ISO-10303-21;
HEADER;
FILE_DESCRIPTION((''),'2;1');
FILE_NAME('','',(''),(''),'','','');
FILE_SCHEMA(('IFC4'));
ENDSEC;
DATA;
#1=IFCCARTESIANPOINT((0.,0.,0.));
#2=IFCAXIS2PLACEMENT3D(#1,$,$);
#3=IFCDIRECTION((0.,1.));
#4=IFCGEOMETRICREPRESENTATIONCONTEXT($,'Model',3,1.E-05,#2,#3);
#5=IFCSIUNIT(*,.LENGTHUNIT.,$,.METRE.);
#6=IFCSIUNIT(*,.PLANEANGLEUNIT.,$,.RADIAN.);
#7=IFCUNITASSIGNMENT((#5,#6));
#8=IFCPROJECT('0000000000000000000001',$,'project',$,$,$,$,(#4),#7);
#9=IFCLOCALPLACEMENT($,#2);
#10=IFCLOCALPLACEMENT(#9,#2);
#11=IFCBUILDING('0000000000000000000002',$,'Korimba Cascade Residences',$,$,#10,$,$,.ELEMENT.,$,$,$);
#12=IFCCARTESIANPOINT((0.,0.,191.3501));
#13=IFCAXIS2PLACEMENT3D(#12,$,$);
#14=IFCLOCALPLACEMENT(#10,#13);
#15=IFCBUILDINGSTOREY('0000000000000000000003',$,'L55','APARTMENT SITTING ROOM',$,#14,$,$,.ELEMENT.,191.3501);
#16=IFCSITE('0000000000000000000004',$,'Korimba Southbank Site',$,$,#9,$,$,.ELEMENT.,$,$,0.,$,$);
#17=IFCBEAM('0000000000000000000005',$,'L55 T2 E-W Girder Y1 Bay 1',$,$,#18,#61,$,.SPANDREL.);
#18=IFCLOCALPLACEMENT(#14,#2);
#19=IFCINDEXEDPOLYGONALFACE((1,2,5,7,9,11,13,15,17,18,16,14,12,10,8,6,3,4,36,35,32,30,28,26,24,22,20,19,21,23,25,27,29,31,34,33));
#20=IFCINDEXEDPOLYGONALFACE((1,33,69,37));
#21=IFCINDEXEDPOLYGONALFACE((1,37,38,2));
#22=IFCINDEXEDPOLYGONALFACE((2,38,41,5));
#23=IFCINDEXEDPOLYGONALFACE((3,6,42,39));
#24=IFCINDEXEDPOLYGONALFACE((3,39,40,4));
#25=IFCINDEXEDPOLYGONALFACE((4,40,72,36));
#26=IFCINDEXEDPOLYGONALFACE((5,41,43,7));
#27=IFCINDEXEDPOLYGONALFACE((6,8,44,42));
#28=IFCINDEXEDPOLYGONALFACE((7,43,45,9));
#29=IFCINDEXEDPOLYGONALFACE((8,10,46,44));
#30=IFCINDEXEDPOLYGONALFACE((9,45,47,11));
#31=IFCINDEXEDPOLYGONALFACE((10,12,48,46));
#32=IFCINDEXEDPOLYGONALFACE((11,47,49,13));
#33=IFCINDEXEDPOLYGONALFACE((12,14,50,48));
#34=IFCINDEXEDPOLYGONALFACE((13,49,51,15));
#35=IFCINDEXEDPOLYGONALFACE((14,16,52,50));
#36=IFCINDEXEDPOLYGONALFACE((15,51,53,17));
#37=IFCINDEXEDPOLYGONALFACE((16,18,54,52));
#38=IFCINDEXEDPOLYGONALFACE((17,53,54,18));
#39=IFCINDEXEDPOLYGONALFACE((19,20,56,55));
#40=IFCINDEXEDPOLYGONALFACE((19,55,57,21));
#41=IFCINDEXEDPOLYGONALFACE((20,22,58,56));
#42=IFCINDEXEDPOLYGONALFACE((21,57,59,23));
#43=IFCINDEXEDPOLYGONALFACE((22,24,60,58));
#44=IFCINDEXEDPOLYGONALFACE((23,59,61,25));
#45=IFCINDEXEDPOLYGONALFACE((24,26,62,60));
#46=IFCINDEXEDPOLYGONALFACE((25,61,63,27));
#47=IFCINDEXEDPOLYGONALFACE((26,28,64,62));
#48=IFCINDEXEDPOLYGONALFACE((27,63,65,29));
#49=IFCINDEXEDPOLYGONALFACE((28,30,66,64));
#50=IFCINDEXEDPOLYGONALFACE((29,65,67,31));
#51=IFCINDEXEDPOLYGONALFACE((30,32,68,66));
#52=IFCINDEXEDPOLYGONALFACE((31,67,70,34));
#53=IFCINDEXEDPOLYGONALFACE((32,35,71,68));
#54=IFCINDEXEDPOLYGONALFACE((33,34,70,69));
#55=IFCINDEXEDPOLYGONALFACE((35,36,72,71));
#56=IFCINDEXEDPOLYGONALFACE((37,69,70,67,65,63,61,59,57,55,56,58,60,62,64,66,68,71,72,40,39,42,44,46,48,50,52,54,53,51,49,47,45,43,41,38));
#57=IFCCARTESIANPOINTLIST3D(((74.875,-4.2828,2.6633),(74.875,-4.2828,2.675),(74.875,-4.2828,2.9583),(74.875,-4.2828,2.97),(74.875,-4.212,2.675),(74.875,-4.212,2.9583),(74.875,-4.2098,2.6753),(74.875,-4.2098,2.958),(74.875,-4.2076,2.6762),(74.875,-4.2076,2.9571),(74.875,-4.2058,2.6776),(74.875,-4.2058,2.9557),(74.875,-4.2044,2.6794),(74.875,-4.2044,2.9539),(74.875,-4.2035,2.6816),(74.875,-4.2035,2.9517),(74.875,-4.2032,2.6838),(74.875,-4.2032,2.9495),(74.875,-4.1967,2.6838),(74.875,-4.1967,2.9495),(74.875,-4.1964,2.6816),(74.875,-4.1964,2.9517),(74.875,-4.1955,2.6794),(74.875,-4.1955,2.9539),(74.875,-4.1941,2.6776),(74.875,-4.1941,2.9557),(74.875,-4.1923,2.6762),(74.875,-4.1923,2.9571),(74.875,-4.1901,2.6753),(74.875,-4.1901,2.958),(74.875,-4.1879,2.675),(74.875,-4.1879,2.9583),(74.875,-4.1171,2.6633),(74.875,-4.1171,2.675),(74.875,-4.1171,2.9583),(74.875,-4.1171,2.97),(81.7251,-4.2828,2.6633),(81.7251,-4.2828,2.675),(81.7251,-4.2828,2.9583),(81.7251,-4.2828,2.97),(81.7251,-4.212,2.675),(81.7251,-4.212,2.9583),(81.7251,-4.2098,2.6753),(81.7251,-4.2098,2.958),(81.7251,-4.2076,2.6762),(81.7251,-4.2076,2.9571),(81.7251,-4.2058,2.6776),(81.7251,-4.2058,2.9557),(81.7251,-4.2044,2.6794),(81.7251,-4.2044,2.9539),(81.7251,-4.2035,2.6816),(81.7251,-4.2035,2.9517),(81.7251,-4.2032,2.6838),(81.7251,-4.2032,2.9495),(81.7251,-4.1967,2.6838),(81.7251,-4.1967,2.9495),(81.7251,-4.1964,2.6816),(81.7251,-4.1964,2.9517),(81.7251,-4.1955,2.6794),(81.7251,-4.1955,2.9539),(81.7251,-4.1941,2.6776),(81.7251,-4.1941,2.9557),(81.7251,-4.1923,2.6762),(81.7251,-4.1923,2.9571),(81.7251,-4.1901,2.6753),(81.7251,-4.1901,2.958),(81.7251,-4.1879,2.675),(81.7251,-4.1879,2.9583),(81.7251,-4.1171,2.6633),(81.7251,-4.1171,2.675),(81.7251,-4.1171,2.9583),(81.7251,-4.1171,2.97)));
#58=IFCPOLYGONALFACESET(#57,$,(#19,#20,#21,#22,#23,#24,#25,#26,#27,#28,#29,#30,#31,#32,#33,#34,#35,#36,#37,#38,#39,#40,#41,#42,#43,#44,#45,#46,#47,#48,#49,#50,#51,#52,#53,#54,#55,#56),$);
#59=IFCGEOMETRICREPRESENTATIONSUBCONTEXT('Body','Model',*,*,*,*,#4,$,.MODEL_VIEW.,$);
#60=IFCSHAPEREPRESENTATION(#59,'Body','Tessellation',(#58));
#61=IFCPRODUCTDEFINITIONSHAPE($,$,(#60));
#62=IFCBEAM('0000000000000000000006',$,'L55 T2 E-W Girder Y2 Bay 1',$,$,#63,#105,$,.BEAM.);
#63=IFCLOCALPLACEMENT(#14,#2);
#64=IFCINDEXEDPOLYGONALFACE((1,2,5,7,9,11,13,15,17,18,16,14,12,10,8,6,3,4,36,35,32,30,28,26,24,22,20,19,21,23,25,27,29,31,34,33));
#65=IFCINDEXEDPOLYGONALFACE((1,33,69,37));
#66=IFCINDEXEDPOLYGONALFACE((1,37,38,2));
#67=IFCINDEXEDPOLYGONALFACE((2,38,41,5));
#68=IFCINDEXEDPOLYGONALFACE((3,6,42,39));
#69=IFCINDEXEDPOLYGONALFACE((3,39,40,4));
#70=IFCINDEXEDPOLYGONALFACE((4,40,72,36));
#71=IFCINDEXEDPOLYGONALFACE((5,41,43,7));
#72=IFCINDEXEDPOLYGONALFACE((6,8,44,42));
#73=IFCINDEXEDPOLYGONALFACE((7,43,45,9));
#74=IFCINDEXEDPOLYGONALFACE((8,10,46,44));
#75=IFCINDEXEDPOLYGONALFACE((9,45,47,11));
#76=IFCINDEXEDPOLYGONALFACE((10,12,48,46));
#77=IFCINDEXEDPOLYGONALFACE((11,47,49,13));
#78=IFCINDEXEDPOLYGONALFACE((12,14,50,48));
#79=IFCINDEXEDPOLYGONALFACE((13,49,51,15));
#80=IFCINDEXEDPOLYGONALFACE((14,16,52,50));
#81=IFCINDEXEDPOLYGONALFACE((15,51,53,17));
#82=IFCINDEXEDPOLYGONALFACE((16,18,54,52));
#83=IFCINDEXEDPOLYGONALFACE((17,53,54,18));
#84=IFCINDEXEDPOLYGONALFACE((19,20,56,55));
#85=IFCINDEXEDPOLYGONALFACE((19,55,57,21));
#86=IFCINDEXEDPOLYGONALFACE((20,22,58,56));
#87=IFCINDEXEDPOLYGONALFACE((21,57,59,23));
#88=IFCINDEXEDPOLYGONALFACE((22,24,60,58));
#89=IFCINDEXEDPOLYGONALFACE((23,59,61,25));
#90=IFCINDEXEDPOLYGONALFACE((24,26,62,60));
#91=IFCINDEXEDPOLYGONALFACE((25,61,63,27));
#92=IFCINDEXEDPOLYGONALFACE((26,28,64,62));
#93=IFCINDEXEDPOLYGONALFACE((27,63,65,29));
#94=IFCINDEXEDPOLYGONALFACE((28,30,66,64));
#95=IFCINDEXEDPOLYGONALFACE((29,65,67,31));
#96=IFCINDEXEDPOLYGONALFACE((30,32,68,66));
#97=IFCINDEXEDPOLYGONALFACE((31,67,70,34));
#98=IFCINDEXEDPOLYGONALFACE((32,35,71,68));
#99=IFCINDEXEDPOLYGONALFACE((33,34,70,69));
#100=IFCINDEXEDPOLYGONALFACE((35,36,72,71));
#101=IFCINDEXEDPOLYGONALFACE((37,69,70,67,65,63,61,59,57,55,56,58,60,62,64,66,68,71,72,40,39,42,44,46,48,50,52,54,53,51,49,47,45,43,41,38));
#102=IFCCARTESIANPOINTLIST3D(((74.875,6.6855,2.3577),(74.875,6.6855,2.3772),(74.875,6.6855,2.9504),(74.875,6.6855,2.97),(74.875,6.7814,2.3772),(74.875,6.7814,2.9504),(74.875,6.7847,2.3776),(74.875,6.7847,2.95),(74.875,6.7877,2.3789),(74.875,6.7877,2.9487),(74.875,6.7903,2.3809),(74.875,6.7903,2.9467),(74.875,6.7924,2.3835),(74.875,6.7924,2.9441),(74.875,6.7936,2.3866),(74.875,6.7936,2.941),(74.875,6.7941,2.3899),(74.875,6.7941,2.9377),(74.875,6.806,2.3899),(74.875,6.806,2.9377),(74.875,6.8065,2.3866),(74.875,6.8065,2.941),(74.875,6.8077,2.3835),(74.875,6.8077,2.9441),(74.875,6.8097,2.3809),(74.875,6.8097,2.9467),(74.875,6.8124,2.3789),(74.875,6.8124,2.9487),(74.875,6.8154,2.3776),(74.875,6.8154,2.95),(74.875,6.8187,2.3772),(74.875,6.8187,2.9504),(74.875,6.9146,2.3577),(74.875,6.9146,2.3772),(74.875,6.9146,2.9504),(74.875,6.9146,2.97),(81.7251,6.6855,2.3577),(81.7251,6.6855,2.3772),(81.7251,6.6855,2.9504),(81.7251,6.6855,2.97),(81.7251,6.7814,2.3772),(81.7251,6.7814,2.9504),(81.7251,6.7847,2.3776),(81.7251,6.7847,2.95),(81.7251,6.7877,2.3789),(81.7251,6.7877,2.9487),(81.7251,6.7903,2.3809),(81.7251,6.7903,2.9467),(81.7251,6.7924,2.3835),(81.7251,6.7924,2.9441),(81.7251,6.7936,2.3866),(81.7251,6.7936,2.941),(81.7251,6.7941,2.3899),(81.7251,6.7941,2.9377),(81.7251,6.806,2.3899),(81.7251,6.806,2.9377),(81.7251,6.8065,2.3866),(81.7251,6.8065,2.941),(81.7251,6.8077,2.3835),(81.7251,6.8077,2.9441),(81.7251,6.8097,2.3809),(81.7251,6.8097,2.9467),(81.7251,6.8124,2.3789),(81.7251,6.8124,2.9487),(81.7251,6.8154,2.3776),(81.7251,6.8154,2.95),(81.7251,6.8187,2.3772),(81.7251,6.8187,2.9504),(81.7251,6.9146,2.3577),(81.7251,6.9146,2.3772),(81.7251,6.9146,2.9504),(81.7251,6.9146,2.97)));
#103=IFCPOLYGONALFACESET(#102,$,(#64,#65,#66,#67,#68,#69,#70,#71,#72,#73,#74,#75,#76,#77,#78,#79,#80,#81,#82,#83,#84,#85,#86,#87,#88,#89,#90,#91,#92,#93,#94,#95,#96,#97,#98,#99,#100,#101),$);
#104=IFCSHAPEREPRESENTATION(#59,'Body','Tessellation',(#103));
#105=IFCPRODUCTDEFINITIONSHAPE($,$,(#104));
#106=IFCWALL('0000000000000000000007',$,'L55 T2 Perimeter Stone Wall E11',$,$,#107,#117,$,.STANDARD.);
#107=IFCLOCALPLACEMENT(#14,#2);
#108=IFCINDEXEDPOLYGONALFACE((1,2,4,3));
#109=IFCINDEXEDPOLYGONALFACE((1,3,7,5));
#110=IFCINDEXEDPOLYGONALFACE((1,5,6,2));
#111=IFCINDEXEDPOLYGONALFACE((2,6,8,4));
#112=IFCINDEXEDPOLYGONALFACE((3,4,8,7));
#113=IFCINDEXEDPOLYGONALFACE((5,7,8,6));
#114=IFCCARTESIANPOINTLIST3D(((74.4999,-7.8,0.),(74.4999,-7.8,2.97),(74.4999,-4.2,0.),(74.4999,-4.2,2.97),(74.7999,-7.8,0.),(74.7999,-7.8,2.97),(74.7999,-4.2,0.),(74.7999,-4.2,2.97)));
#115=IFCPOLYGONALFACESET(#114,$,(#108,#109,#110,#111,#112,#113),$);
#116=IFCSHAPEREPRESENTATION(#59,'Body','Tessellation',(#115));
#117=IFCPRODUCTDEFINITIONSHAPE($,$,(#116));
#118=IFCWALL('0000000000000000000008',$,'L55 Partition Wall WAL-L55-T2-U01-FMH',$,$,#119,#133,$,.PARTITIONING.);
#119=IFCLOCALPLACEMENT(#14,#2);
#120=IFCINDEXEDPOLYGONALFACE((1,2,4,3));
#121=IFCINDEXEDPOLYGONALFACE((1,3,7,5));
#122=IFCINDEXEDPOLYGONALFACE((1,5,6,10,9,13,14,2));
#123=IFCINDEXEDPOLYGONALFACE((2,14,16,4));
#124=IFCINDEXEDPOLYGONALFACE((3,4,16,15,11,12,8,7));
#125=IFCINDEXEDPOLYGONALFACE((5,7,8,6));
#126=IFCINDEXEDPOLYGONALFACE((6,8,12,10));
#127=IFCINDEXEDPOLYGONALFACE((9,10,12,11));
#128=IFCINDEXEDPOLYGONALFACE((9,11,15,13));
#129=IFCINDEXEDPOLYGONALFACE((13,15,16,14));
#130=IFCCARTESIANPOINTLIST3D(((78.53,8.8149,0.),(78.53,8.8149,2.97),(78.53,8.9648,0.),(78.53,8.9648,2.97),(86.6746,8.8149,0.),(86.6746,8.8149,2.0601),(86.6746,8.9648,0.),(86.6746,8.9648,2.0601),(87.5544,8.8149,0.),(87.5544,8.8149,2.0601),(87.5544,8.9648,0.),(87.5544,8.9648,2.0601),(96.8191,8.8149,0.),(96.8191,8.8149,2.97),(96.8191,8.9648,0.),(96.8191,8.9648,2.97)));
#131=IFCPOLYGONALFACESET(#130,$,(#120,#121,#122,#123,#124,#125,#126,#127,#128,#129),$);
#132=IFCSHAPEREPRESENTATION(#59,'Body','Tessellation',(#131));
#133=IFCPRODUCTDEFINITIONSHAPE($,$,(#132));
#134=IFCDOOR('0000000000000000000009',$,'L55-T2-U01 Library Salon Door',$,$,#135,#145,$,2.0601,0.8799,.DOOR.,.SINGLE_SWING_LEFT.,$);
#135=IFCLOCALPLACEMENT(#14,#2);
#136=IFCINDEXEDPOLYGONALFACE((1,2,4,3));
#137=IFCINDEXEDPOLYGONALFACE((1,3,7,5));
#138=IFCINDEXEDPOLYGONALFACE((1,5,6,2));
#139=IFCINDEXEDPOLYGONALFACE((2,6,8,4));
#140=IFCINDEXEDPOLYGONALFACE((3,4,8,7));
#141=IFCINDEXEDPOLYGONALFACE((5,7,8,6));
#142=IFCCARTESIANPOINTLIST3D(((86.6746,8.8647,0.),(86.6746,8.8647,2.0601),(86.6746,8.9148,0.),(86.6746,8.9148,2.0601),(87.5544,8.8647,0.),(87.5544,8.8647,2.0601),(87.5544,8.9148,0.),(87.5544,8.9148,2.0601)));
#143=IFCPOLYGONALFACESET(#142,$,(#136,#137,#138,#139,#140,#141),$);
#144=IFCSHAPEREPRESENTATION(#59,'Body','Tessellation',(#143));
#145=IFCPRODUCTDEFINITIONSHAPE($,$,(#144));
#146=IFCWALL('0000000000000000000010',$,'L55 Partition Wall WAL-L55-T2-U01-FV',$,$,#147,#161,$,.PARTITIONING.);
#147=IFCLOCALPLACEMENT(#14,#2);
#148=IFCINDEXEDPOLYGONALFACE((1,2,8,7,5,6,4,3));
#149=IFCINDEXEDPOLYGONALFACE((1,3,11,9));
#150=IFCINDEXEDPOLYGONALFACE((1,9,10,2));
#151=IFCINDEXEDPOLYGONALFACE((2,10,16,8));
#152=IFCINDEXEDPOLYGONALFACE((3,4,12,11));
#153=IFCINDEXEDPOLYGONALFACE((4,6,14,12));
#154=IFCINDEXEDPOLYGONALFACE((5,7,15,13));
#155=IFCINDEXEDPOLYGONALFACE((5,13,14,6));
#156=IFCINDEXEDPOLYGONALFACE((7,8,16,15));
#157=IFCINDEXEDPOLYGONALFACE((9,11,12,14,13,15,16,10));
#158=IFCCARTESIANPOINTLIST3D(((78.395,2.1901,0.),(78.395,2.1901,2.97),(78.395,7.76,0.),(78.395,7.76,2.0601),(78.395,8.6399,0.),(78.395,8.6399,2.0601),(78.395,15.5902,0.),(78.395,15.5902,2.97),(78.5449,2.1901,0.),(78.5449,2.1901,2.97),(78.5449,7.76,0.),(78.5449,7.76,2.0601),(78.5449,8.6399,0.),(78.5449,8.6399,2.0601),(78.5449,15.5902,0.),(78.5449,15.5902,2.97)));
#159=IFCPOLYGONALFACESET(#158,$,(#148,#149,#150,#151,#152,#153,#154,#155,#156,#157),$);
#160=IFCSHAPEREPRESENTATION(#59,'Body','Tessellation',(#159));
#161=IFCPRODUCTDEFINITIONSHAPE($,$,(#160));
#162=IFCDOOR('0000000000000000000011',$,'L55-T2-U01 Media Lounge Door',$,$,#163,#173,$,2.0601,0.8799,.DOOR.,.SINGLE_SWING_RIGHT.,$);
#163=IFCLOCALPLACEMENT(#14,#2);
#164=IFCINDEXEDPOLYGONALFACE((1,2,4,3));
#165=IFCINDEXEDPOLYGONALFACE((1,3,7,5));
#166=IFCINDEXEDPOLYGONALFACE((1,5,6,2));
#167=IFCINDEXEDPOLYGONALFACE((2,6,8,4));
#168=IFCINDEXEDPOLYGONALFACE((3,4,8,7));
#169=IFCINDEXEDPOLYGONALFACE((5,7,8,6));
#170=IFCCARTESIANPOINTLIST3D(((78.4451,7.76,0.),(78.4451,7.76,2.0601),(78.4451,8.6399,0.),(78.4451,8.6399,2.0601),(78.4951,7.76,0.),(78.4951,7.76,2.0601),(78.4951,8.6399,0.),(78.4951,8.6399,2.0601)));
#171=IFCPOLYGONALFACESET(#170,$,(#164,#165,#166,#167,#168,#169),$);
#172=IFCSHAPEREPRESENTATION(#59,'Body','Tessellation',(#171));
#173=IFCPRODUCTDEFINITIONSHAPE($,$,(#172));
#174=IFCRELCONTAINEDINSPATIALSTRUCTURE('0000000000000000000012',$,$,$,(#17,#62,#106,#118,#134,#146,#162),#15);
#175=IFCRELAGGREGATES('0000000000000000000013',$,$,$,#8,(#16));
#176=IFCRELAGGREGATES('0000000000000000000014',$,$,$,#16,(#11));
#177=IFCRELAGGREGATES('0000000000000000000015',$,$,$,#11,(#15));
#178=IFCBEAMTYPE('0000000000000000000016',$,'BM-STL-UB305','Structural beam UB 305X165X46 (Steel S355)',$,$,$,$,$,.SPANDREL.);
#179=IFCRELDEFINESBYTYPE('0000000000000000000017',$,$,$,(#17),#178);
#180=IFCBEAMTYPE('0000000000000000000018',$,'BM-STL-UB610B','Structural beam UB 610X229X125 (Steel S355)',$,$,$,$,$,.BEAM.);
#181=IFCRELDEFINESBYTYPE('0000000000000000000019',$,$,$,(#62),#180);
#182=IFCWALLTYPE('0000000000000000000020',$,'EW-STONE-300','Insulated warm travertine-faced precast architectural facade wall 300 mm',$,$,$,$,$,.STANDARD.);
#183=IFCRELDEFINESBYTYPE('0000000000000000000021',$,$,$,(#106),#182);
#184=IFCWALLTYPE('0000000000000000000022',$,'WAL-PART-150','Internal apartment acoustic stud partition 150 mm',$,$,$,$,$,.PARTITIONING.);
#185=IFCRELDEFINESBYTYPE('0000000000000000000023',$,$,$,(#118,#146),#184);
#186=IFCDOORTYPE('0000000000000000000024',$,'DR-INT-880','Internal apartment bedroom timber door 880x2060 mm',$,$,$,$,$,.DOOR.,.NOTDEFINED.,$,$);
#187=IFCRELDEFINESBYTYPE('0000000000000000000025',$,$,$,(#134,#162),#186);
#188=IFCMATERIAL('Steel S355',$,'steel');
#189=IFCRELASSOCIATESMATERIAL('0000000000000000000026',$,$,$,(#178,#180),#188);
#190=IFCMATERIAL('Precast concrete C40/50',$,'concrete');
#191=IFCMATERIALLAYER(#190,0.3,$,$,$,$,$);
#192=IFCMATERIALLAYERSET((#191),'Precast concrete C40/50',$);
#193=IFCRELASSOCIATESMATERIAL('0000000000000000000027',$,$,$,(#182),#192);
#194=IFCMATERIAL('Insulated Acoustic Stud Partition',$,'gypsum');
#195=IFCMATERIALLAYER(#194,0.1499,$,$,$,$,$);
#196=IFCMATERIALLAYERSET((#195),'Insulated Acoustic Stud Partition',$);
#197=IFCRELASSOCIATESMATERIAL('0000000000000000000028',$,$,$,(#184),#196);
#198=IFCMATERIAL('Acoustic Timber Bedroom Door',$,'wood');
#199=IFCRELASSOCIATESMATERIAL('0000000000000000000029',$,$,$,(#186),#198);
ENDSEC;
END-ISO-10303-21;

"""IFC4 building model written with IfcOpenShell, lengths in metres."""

from ifc_helpers import new_model, si_unit, direction, frame, frame_2d, origin, origin_2d, place, context, subcontext, project, spatial, rectangle, i_section, extrude, material, layer, layer_set, material_profile, profile_set, type_object, element, fill, save


model = new_model("IFC4")

# Units and contexts
model_context = context("Model", 3, precision=1e-05, world=origin(), true_north=direction((0.0, 1.0)))
body_context = subcontext(model_context, "Body", "Model", "MODEL_VIEW")
ifc_project = project(units=[si_unit("LENGTHUNIT", "METRE"), si_unit("PLANEANGLEUNIT", "RADIAN")], contexts=[model_context])

# Site, building, storey
site_placement = place(None, origin())
site = spatial("IfcSite", under=ifc_project, at=site_placement, Name="Korimba Southbank Site", CompositionType="ELEMENT", RefElevation=0.0)
building_placement = place(site_placement, origin())
building = spatial("IfcBuilding", under=site, at=building_placement, Name="Korimba Cascade Residences", CompositionType="ELEMENT")
storey_placement = place(building_placement, frame((0.0, 0.0, 191.3501)))
storey = spatial("IfcBuildingStorey", under=building, at=storey_placement, Name="L55", Description="APARTMENT SITTING ROOM", CompositionType="ELEMENT", Elevation=191.3501)

# Beams
ifc_material_1 = material(Name="Steel S355", Category="steel")
ifc_material_profile_1 = material_profile(ifc_material_1, i_section(OverallWidth=0.1658, OverallDepth=0.3066, WebThickness=0.0066, FlangeThickness=0.0117, FilletRadius=0.0088, at=origin_2d()), Name="Steel S355")
ifc_profile_set_1 = profile_set([ifc_material_profile_1], Name="Steel S355")
beam_type_1 = type_object("IfcBeamType", Name="BM-STL-UB305", Description="Structural beam UB 305X165X46 (Steel S355)", PredefinedType="SPANDREL", material=ifc_profile_set_1)
beam_1_placement = place(storey_placement, frame((74.875, -4.2, 2.8167), z_axis=(1.0, 0.0, 0.0), x_axis=(0.0, 1.0, 0.0)))
element("IfcBeam", 1, at=beam_1_placement, inside=storey, type_object=beam_type_1, Name="L55 T2 E-W Girder Y1 Bay 1", PredefinedType="SPANDREL", context=body_context, shape_type="SweptSolid", body=[
    extrude(i_section(OverallWidth=0.1658, OverallDepth=0.3066, WebThickness=0.0066, FlangeThickness=0.0117, FilletRadius=0.0088, at=origin_2d()), origin(), (0.0, 0.0, 1.0), 6.8501),
])
ifc_material_profile_2 = material_profile(ifc_material_1, i_section(OverallWidth=0.229, OverallDepth=0.6123, WebThickness=0.012, FlangeThickness=0.0195, FilletRadius=0.0127, at=origin_2d()), Name="Steel S355")
ifc_profile_set_2 = profile_set([ifc_material_profile_2], Name="Steel S355")
beam_type_2 = type_object("IfcBeamType", Name="BM-STL-UB610B", Description="Structural beam UB 610X229X125 (Steel S355)", PredefinedType="BEAM", material=ifc_profile_set_2)
beam_2_placement = place(storey_placement, frame((74.875, 6.8, 2.6638), z_axis=(1.0, 0.0, 0.0), x_axis=(0.0, 1.0, 0.0)))
element("IfcBeam", 2, at=beam_2_placement, inside=storey, type_object=beam_type_2, Name="L55 T2 E-W Girder Y2 Bay 1", PredefinedType="BEAM", context=body_context, shape_type="SweptSolid", body=[
    extrude(i_section(OverallWidth=0.229, OverallDepth=0.6123, WebThickness=0.012, FlangeThickness=0.0195, FilletRadius=0.0127, at=origin_2d()), origin(), (0.0, 0.0, 1.0), 6.8501),
])

# Wall
ifc_material_2 = material(Name="Precast concrete C40/50", Category="concrete")
ifc_layer_1 = layer(ifc_material_2, 0.3)
ifc_layer_set_1 = layer_set([ifc_layer_1], Name="Precast concrete C40/50")
wall_type_1 = type_object("IfcWallType", Name="EW-STONE-300", Description="Insulated warm travertine-faced precast architectural facade wall 300 mm", PredefinedType="STANDARD", material=ifc_layer_set_1)
wall_1_placement = place(storey_placement, frame((74.6499, -4.2, 0.0), z_axis=(0.0, 0.0, 1.0), x_axis=(0.0, -1.0, 0.0)))
element("IfcWall", 3, at=wall_1_placement, inside=storey, type_object=wall_type_1, Name="L55 T2 Perimeter Stone Wall E11", PredefinedType="STANDARD", context=body_context, shape_type="SweptSolid", body=[
    extrude(rectangle(XDim=3.6001, YDim=0.3, at=frame_2d((1.8, 0.0))), origin(), (0.0, 0.0, 1.0), 2.97),
])

# Walls, openings, doors
ifc_material_3 = material(Name="Insulated Acoustic Stud Partition", Category="gypsum")
ifc_layer_2 = layer(ifc_material_3, 0.1499)
ifc_layer_set_2 = layer_set([ifc_layer_2], Name="Insulated Acoustic Stud Partition")
wall_type_2 = type_object("IfcWallType", Name="WAL-PART-150", Description="Internal apartment acoustic stud partition 150 mm", PredefinedType="PARTITIONING", material=ifc_layer_set_2)
wall_2_placement = place(storey_placement, frame((78.53, 8.8899, 0.0), z_axis=(0.0, 0.0, 1.0), x_axis=(1.0, 0.0, 0.0)))
wall_2 = element("IfcWall", 4, at=wall_2_placement, inside=storey, type_object=wall_type_2, Name="L55 Partition Wall WAL-L55-T2-U01-FMH", PredefinedType="PARTITIONING", context=body_context, shape_type="SweptSolid", body=[
    extrude(rectangle(XDim=18.2891, YDim=0.1499, at=frame_2d((9.1445, 0.0))), origin(), (0.0, 0.0, 1.0), 2.97),
])
opening_1_placement = place(wall_2_placement, frame((8.1445, 0.0, 0.0)))
opening_1 = element("IfcOpeningElement", 5, at=opening_1_placement, cuts=wall_2, PredefinedType="OPENING", context=body_context, shape_type="SweptSolid", body=[
    extrude(rectangle(XDim=0.8799, YDim=2.0601, at=frame_2d((0.4399, 1.03))), frame((0.0, 0.085, 0.0), z_axis=(0.0, -1.0, 0.0), x_axis=(1.0, 0.0, 0.0)), (0.0, 0.0, 1.0), 0.1699),
])
ifc_material_4 = material(Name="Acoustic Timber Bedroom Door", Category="wood")
door_type_1 = type_object("IfcDoorType", Name="DR-INT-880", Description="Internal apartment bedroom timber door 880x2060 mm", OperationType="NOTDEFINED", PredefinedType="DOOR", material=ifc_material_4)
door_1_placement = place(opening_1_placement, origin())
door_1 = element("IfcDoor", 6, at=door_1_placement, inside=storey, type_object=door_type_1, Name="L55-T2-U01 Library Salon Door", OperationType="SINGLE_SWING_LEFT", OverallHeight=2.0601, OverallWidth=0.8799, PredefinedType="DOOR", context=body_context, shape_type="SweptSolid", body=[
    extrude(rectangle(XDim=0.8799, YDim=2.0601, at=frame_2d((0.4399, 1.03))), frame((0.0, 0.0249, 0.0), z_axis=(0.0, -1.0, 0.0), x_axis=(1.0, 0.0, 0.0)), (0.0, 0.0, 1.0), 0.05),
])
fill(opening_1, door_1)
wall_3_placement = place(storey_placement, frame((78.47, 2.1899, 0.0), z_axis=(0.0, 0.0, 1.0), x_axis=(0.0, 1.0, 0.0)))
wall_3 = element("IfcWall", 7, at=wall_3_placement, inside=storey, type_object=wall_type_2, Name="L55 Partition Wall WAL-L55-T2-U01-FV", PredefinedType="PARTITIONING", context=body_context, shape_type="SweptSolid", body=[
    extrude(rectangle(XDim=13.4001, YDim=0.1499, at=frame_2d((6.7002, 0.0))), origin(), (0.0, 0.0, 1.0), 2.97),
])
opening_2_placement = place(wall_3_placement, frame((5.5701, 0.0, 0.0)))
opening_2 = element("IfcOpeningElement", 8, at=opening_2_placement, cuts=wall_3, PredefinedType="OPENING", context=body_context, shape_type="SweptSolid", body=[
    extrude(rectangle(XDim=0.8799, YDim=2.0601, at=frame_2d((0.4399, 1.03))), frame((0.0, 0.085, 0.0), z_axis=(0.0, -1.0, 0.0), x_axis=(1.0, 0.0, 0.0)), (0.0, 0.0, 1.0), 0.1699),
])
door_2_placement = place(opening_2_placement, origin())
door_2 = element("IfcDoor", 9, at=door_2_placement, inside=storey, type_object=door_type_1, Name="L55-T2-U01 Media Lounge Door", OperationType="SINGLE_SWING_RIGHT", OverallHeight=2.0601, OverallWidth=0.8799, PredefinedType="DOOR", context=body_context, shape_type="SweptSolid", body=[
    extrude(rectangle(XDim=0.8799, YDim=2.0601, at=frame_2d((0.4399, 1.03))), frame((0.0, 0.0249, 0.0), z_axis=(0.0, -1.0, 0.0), x_axis=(1.0, 0.0, 0.0)), (0.0, 0.0, 1.0), 0.05),
])
fill(opening_2, door_2)

save(model, "model.ifc")
